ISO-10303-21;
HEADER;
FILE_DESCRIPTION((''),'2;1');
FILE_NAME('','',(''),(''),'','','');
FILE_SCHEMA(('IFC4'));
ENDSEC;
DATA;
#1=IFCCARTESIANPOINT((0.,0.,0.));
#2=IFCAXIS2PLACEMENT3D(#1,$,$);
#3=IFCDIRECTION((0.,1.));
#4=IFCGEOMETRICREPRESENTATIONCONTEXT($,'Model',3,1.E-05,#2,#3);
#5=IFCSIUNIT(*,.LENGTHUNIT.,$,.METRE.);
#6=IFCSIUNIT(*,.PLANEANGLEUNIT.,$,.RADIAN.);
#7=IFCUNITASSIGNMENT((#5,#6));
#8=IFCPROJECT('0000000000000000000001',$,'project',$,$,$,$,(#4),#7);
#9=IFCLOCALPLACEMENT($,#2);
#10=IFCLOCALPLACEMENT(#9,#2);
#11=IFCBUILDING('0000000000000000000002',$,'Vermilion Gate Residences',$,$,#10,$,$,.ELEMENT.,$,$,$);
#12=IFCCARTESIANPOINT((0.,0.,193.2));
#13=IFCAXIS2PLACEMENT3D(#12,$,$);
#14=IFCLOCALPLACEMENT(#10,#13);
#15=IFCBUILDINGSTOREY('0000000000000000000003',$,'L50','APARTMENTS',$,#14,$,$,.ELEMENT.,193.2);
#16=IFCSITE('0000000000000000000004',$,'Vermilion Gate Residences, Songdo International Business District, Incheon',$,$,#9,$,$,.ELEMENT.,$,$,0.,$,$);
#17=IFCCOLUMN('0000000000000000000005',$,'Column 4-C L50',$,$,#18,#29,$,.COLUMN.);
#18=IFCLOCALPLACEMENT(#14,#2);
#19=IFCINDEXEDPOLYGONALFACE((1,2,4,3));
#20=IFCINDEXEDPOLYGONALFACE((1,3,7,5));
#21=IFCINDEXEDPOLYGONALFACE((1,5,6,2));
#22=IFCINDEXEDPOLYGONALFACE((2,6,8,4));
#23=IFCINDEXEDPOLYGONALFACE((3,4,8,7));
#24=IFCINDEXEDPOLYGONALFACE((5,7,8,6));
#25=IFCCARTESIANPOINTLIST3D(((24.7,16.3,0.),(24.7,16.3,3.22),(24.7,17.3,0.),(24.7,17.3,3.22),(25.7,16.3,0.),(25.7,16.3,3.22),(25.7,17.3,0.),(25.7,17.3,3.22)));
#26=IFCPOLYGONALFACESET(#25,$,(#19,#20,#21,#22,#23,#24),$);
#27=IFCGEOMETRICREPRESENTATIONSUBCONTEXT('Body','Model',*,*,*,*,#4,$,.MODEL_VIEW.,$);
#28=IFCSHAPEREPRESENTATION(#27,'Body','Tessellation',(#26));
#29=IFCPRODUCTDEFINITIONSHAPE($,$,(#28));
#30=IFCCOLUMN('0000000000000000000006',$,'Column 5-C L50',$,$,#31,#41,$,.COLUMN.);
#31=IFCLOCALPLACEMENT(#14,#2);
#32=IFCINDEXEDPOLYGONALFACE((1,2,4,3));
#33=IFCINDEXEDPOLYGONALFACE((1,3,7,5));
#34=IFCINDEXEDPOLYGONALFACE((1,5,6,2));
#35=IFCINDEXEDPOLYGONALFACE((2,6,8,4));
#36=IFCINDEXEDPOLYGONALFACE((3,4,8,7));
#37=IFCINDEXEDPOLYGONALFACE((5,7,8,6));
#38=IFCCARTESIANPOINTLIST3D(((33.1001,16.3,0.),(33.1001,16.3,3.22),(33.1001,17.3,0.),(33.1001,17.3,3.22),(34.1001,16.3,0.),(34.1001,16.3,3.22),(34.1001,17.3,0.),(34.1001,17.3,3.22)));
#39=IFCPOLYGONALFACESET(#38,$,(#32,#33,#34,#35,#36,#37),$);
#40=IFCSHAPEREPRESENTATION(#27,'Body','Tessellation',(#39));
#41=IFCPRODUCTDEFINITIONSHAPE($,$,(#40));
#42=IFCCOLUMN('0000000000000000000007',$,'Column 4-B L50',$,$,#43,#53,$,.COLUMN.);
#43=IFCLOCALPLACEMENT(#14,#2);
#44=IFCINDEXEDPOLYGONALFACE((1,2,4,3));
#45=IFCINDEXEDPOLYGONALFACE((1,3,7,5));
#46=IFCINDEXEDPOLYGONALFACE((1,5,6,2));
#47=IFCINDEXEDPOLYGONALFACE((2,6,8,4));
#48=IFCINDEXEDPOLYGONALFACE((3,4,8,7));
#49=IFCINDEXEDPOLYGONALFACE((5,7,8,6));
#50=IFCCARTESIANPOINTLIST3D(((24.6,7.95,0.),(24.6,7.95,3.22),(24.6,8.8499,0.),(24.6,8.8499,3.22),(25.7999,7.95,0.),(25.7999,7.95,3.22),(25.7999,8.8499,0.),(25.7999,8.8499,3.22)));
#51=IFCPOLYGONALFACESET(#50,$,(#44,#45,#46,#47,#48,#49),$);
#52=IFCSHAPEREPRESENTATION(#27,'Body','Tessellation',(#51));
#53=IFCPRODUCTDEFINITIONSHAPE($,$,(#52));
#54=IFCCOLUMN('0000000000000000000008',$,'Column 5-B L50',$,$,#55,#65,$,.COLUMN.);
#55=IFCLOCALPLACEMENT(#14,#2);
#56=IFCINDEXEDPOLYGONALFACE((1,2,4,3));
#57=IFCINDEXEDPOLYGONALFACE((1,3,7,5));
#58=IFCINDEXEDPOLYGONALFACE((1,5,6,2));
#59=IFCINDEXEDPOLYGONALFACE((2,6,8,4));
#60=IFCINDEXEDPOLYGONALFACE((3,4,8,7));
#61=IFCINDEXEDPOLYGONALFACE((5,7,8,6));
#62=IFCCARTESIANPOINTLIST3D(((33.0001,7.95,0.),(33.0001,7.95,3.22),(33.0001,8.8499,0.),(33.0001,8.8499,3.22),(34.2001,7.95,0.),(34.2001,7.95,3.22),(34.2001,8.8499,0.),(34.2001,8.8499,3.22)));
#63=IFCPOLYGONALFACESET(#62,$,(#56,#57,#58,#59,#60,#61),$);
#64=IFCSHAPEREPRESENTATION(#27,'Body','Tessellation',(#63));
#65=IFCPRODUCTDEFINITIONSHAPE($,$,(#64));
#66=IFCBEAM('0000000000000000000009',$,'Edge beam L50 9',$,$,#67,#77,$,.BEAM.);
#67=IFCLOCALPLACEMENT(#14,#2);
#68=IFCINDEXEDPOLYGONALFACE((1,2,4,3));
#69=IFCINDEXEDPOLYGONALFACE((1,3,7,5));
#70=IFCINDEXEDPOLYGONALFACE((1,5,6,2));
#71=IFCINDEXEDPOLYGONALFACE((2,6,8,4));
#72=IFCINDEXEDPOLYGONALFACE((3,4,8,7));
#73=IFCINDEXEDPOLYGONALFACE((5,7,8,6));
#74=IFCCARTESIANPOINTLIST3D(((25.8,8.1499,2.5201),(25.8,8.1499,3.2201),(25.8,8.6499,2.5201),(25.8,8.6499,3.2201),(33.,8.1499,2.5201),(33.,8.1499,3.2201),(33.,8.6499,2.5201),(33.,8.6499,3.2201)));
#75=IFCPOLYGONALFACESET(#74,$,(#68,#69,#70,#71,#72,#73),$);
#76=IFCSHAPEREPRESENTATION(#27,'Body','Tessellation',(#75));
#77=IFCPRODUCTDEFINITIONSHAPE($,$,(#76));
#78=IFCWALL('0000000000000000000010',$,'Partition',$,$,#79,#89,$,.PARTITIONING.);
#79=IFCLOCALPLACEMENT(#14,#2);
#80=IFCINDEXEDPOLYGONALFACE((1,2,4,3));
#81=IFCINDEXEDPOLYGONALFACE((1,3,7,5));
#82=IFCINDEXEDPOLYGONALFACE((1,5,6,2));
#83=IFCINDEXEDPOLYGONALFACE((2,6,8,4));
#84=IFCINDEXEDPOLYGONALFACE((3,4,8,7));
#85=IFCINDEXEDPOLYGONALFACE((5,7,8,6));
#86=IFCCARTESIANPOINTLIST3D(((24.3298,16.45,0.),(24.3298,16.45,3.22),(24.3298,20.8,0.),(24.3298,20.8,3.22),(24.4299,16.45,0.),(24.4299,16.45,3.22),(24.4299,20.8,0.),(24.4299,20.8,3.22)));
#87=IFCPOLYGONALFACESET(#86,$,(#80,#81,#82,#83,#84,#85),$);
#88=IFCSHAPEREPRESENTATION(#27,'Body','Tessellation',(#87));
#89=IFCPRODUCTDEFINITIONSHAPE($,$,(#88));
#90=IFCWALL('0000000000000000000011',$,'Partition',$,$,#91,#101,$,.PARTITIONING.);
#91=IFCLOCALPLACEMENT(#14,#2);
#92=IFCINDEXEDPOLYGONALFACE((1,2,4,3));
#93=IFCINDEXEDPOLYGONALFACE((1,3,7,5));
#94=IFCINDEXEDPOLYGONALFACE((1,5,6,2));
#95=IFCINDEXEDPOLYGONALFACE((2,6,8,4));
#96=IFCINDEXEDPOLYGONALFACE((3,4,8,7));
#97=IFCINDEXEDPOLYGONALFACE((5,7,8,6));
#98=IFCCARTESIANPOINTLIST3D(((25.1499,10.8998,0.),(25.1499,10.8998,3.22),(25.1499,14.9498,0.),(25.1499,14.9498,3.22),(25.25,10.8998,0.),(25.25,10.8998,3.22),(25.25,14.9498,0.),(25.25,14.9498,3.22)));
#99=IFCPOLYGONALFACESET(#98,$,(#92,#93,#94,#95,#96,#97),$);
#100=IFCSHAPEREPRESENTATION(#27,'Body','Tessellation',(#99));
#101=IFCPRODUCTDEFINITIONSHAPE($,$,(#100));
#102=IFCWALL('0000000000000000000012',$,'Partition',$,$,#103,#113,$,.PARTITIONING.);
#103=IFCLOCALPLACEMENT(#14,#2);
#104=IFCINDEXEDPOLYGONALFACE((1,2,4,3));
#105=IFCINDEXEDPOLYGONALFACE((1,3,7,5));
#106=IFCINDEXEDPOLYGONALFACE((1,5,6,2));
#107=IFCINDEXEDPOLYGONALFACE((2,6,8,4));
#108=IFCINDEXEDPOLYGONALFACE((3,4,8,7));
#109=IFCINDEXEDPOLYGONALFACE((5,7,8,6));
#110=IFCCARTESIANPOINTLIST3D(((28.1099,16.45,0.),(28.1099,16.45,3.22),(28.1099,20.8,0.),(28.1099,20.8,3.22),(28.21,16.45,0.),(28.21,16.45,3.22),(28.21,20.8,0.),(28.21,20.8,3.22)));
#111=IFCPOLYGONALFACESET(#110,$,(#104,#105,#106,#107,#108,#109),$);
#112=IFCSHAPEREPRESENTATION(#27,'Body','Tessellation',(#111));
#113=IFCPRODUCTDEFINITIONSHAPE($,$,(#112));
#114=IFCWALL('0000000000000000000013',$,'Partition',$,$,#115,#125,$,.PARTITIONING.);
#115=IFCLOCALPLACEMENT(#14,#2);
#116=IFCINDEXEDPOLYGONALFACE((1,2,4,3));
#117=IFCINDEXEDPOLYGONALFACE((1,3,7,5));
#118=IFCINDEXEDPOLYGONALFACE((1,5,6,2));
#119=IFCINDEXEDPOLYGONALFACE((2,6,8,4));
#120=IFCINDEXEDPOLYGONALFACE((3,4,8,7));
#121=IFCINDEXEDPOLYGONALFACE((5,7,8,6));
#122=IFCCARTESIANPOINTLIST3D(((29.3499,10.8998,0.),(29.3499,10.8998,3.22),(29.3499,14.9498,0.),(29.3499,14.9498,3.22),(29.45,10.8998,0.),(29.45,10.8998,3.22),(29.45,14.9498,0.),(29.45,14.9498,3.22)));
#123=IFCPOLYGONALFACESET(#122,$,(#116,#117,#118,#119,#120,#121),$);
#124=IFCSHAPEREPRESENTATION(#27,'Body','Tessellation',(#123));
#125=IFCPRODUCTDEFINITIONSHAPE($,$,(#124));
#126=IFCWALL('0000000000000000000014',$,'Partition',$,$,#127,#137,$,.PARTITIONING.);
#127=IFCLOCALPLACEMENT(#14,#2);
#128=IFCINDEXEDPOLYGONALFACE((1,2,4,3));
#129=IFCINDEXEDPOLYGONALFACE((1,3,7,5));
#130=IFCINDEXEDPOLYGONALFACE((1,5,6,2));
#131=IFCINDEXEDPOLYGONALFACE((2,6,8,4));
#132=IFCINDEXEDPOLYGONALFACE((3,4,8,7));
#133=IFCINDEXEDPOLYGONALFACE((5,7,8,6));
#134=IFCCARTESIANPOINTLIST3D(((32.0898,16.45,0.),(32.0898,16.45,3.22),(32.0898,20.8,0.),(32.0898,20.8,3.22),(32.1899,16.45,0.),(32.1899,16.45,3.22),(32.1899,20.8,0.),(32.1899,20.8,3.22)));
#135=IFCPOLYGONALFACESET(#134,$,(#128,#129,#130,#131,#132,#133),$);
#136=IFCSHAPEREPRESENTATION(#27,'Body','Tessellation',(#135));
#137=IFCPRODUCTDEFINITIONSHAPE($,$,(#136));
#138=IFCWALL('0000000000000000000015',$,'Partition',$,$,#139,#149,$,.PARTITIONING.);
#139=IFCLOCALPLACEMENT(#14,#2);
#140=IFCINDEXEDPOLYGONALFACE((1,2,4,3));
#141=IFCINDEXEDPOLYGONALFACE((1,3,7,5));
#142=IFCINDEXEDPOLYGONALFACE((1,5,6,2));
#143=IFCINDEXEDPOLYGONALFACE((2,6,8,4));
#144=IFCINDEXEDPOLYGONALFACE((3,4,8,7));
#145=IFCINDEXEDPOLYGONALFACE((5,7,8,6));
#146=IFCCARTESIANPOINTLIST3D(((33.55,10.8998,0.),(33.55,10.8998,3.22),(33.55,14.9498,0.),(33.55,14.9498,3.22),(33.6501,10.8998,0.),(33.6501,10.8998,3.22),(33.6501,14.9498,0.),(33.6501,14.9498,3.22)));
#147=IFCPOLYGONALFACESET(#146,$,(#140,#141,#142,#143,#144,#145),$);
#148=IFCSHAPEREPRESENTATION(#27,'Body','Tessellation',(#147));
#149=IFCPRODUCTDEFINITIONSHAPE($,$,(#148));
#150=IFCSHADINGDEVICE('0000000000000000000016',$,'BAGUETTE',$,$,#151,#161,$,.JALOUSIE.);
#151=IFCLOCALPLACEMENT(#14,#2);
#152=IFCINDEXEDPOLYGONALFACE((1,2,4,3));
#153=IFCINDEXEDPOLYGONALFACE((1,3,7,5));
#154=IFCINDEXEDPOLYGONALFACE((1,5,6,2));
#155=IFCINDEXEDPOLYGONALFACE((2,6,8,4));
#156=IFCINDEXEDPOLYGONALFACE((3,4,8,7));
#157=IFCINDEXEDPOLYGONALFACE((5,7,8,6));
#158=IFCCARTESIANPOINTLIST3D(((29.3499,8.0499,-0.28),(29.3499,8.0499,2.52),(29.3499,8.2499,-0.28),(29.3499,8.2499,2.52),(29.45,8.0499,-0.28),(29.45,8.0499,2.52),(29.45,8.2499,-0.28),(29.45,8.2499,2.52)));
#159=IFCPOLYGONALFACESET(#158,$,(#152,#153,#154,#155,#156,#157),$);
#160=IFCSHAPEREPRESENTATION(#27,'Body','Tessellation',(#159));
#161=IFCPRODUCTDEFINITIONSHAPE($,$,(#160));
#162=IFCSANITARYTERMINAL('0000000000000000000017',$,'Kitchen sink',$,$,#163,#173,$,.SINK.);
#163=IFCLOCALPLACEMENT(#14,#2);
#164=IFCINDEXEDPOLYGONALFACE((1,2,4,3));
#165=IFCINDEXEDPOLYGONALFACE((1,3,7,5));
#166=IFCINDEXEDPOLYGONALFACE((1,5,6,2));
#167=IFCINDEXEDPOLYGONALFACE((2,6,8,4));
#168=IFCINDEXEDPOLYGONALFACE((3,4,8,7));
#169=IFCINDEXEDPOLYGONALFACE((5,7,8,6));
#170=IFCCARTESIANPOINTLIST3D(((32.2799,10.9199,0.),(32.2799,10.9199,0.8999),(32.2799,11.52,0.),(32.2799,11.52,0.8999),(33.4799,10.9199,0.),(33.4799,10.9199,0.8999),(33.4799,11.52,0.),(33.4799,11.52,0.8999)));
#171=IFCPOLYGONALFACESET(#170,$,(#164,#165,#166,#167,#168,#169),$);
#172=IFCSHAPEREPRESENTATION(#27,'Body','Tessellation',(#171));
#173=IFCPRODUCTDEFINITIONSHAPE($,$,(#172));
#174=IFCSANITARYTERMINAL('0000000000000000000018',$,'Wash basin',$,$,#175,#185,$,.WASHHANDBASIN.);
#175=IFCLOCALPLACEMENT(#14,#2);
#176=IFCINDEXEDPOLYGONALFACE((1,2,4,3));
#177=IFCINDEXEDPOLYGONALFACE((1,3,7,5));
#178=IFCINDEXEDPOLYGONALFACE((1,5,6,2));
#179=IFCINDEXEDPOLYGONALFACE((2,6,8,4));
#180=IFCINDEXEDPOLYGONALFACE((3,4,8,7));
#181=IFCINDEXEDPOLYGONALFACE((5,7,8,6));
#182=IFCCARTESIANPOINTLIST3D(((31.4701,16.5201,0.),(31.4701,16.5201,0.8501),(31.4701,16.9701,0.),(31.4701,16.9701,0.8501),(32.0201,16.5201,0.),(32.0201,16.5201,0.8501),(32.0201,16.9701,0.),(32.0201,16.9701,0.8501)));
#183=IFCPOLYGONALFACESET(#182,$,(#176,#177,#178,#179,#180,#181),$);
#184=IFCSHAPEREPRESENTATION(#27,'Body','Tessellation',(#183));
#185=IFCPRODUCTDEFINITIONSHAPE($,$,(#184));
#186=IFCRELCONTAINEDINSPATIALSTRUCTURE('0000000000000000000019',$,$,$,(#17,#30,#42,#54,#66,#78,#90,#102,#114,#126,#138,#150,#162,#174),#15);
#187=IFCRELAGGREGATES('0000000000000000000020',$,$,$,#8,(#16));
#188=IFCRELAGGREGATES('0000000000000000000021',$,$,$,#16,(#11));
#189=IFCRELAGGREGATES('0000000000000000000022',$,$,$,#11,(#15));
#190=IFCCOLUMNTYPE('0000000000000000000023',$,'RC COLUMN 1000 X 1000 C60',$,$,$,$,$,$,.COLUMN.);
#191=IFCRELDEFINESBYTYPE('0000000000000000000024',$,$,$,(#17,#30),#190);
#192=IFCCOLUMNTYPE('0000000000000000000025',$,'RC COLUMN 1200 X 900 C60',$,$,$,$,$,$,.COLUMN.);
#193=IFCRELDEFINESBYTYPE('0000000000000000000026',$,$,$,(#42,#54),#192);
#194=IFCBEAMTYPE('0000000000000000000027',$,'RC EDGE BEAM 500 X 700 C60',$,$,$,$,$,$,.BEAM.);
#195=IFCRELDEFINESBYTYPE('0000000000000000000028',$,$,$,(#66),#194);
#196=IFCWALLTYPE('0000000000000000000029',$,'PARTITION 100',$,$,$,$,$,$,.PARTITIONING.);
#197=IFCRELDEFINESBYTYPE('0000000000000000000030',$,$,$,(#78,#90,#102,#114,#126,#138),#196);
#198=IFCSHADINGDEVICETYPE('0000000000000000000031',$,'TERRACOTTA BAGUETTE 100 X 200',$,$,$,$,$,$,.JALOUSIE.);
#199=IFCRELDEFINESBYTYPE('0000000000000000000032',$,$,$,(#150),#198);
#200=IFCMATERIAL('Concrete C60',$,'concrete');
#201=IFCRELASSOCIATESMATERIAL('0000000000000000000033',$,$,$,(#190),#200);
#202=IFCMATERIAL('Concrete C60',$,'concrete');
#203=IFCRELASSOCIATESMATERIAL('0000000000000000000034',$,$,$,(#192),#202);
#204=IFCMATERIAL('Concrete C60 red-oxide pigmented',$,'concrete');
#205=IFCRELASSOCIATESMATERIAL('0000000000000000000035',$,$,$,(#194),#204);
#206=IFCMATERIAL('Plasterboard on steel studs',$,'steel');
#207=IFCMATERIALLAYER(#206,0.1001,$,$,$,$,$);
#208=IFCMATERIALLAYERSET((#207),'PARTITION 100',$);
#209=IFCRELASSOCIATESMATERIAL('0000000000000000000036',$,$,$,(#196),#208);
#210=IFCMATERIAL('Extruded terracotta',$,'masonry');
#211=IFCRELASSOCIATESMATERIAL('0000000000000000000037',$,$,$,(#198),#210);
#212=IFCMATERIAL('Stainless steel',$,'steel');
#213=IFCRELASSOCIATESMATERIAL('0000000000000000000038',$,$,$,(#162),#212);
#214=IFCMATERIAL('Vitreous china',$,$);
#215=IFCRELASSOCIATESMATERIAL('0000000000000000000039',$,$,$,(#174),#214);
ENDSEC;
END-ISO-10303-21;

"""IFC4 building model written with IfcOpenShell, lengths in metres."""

from ifc_helpers import new_model, si_unit, direction, frame, frame_2d, origin, origin_2d, place, context, subcontext, project, spatial, rectangle, extrude, material, layer, layer_set, material_profile, profile_set, type_object, element, save


model = new_model("IFC4")

# Units and contexts
model_context = context("Model", 3, precision=1e-05, world=origin(), true_north=direction((0.0, 1.0)))
body_context = subcontext(model_context, "Body", "Model", "MODEL_VIEW")
ifc_project = project(units=[si_unit("LENGTHUNIT", "METRE"), si_unit("PLANEANGLEUNIT", "RADIAN")], contexts=[model_context])

# Site, building, storey
site_placement = place(None, origin())
site = spatial("IfcSite", under=ifc_project, at=site_placement, Name="Vermilion Gate Residences, Songdo International Business District, Incheon", CompositionType="ELEMENT", RefElevation=0.0)
building_placement = place(site_placement, origin())
building = spatial("IfcBuilding", under=site, at=building_placement, Name="Vermilion Gate Residences", CompositionType="ELEMENT")
storey_placement = place(building_placement, frame((0.0, 0.0, 193.2)))
storey = spatial("IfcBuildingStorey", under=building, at=storey_placement, Name="L50", Description="APARTMENTS", CompositionType="ELEMENT", Elevation=193.2)

# Columns
ifc_material_1 = material(Name="Concrete C60", Category="concrete")
ifc_material_profile_1 = material_profile(ifc_material_1, rectangle(XDim=1.0, YDim=1.0, at=origin_2d()), Name="RC-1000x1000")
ifc_profile_set_1 = profile_set([ifc_material_profile_1], Name="Concrete C60")
column_type_1 = type_object("IfcColumnType", Name="RC COLUMN 1000 X 1000 C60", PredefinedType="COLUMN", material=ifc_profile_set_1)
for number, where, z_axis, x_axis, name in (
    (1, (25.2, 16.8, 0.0), (0.0, 0.0, 1.0), (1.0, 0.0, 0.0), "Column 4-C L50"),
    (2, (33.6001, 16.8, 0.0), (0.0, 0.0, 1.0), (1.0, 0.0, 0.0), "Column 5-C L50"),
):
    element("IfcColumn", number, at=place(storey_placement, frame(where, z_axis=z_axis, x_axis=x_axis)), inside=storey, type_object=column_type_1, Name=name, PredefinedType="COLUMN", context=body_context, shape_type="SweptSolid", body=[
        extrude(rectangle(XDim=1.0, YDim=1.0, at=origin_2d()), origin(), (0.0, 0.0, 1.0), 3.22),
    ])
ifc_material_2 = material(Name="Concrete C60", Category="concrete")
ifc_material_profile_2 = material_profile(ifc_material_2, rectangle(XDim=1.2, YDim=0.8999, at=origin_2d()), Name="RC-1200x900")
ifc_profile_set_2 = profile_set([ifc_material_profile_2], Name="Concrete C60")
column_type_2 = type_object("IfcColumnType", Name="RC COLUMN 1200 X 900 C60", PredefinedType="COLUMN", material=ifc_profile_set_2)
for number, where, z_axis, x_axis, name in (
    (3, (25.2, 8.3999, 0.0), (0.0, 0.0, 1.0), (1.0, 0.0, 0.0), "Column 4-B L50"),
    (4, (33.6001, 8.3999, 0.0), (0.0, 0.0, 1.0), (1.0, 0.0, 0.0), "Column 5-B L50"),
):
    element("IfcColumn", number, at=place(storey_placement, frame(where, z_axis=z_axis, x_axis=x_axis)), inside=storey, type_object=column_type_2, Name=name, PredefinedType="COLUMN", context=body_context, shape_type="SweptSolid", body=[
        extrude(rectangle(XDim=1.2, YDim=0.8999, at=origin_2d()), origin(), (0.0, 0.0, 1.0), 3.22),
    ])

# Beam
ifc_material_3 = material(Name="Concrete C60 red-oxide pigmented", Category="concrete")
ifc_material_profile_3 = material_profile(ifc_material_3, rectangle(XDim=0.5, YDim=0.7, at=origin_2d()), Name="RC-500x700")
ifc_profile_set_3 = profile_set([ifc_material_profile_3], Name="Concrete C60 red-oxide pigmented")
beam_type = type_object("IfcBeamType", Name="RC EDGE BEAM 500 X 700 C60", PredefinedType="BEAM", material=ifc_profile_set_3)
beam_placement = place(storey_placement, frame((25.8, 8.3999, 2.8701), z_axis=(1.0, 0.0, 0.0), x_axis=(0.0, 1.0, 0.0)))
element("IfcBeam", 5, at=beam_placement, inside=storey, type_object=beam_type, Name="Edge beam L50 9", PredefinedType="BEAM", context=body_context, shape_type="SweptSolid", body=[
    extrude(rectangle(XDim=0.5, YDim=0.7, at=origin_2d()), origin(), (0.0, 0.0, 1.0), 7.2),
])

# Walls
ifc_material_4 = material(Name="Plasterboard on steel studs", Category="steel")
ifc_layer = layer(ifc_material_4, 0.1001)
ifc_layer_set = layer_set([ifc_layer], Name="PARTITION 100")
wall_type = type_object("IfcWallType", Name="PARTITION 100", PredefinedType="PARTITIONING", material=ifc_layer_set)
wall_1_placement = place(storey_placement, frame((24.3799, 16.45, 0.0), z_axis=(0.0, 0.0, 1.0), x_axis=(0.0, 1.0, 0.0)))
element("IfcWall", 6, at=wall_1_placement, inside=storey, type_object=wall_type, Name="Partition", PredefinedType="PARTITIONING", context=body_context, shape_type="SweptSolid", body=[
    extrude(rectangle(XDim=4.3501, YDim=0.1001, at=frame_2d((2.175, 0.0))), origin(), (0.0, 0.0, 1.0), 3.22),
])
wall_2_placement = place(storey_placement, frame((25.2, 10.8999, 0.0), z_axis=(0.0, 0.0, 1.0), x_axis=(0.0, 1.0, 0.0)))
element("IfcWall", 7, at=wall_2_placement, inside=storey, type_object=wall_type, Name="Partition", PredefinedType="PARTITIONING", context=body_context, shape_type="SweptSolid", body=[
    extrude(rectangle(XDim=4.05, YDim=0.1001, at=frame_2d((2.0249, 0.0))), origin(), (0.0, 0.0, 1.0), 3.22),
])
wall_3_placement = place(storey_placement, frame((28.1599, 16.45, 0.0), z_axis=(0.0, 0.0, 1.0), x_axis=(0.0, 1.0, 0.0)))
element("IfcWall", 8, at=wall_3_placement, inside=storey, type_object=wall_type, Name="Partition", PredefinedType="PARTITIONING", context=body_context, shape_type="SweptSolid", body=[
    extrude(rectangle(XDim=4.3501, YDim=0.1001, at=frame_2d((2.175, 0.0))), origin(), (0.0, 0.0, 1.0), 3.22),
])
wall_4_placement = place(storey_placement, frame((29.3999, 10.8999, 0.0), z_axis=(0.0, 0.0, 1.0), x_axis=(0.0, 1.0, 0.0)))
element("IfcWall", 9, at=wall_4_placement, inside=storey, type_object=wall_type, Name="Partition", PredefinedType="PARTITIONING", context=body_context, shape_type="SweptSolid", body=[
    extrude(rectangle(XDim=4.05, YDim=0.1001, at=frame_2d((2.0249, 0.0))), origin(), (0.0, 0.0, 1.0), 3.22),
])
wall_5_placement = place(storey_placement, frame((32.1399, 16.45, 0.0), z_axis=(0.0, 0.0, 1.0), x_axis=(0.0, 1.0, 0.0)))
element("IfcWall", 10, at=wall_5_placement, inside=storey, type_object=wall_type, Name="Partition", PredefinedType="PARTITIONING", context=body_context, shape_type="SweptSolid", body=[
    extrude(rectangle(XDim=4.3501, YDim=0.1001, at=frame_2d((2.175, 0.0))), origin(), (0.0, 0.0, 1.0), 3.22),
])
wall_6_placement = place(storey_placement, frame((33.6001, 10.8999, 0.0), z_axis=(0.0, 0.0, 1.0), x_axis=(0.0, 1.0, 0.0)))
element("IfcWall", 11, at=wall_6_placement, inside=storey, type_object=wall_type, Name="Partition", PredefinedType="PARTITIONING", context=body_context, shape_type="SweptSolid", body=[
    extrude(rectangle(XDim=4.05, YDim=0.1001, at=frame_2d((2.0249, 0.0))), origin(), (0.0, 0.0, 1.0), 3.22),
])

# Shading device
ifc_material_5 = material(Name="Extruded terracotta", Category="masonry")
ifc_material_profile_4 = material_profile(ifc_material_5, rectangle(XDim=0.2, YDim=0.1001, at=origin_2d()), Name="BAGUETTE 100 X 200")
ifc_profile_set_4 = profile_set([ifc_material_profile_4], Name="Extruded terracotta")
shading_device_type = type_object("IfcShadingDeviceType", Name="TERRACOTTA BAGUETTE 100 X 200", PredefinedType="JALOUSIE", material=ifc_profile_set_4)
shading_device_placement = place(storey_placement, frame((29.3999, 8.1499, -0.28), z_axis=(0.0, 0.0, 1.0), x_axis=(0.0, 1.0, 0.0)))
element("IfcShadingDevice", 12, at=shading_device_placement, inside=storey, type_object=shading_device_type, Name="BAGUETTE", PredefinedType="JALOUSIE", context=body_context, shape_type="SweptSolid", body=[
    extrude(rectangle(XDim=0.2, YDim=0.1001, at=origin_2d()), origin(), (0.0, 0.0, 1.0), 2.8),
])

# Sanitary terminals
ifc_material_6 = material(Name="Stainless steel", Category="steel")
sanitary_terminal_placement = place(storey_placement, frame((32.8799, 11.22, 0.0), z_axis=(0.0, 0.0, 1.0), x_axis=(1.0, 0.0, 0.0)))
element("IfcSanitaryTerminal", 13, at=sanitary_terminal_placement, inside=storey, material=ifc_material_6, Name="Kitchen sink", PredefinedType="SINK", context=body_context, shape_type="SweptSolid", body=[
    extrude(rectangle(XDim=1.2, YDim=0.6001, at=origin_2d()), origin(), (0.0, 0.0, 1.0), 0.8999),
])
ifc_material_7 = material(Name="Vitreous china")
for number, where, z_axis, x_axis, name in (
    (14, (31.7451, 16.7451, 0.0), (0.0, 0.0, 1.0), (1.0, 0.0, 0.0), "Wash basin"),
):
    element("IfcSanitaryTerminal", number, at=place(storey_placement, frame(where, z_axis=z_axis, x_axis=x_axis)), inside=storey, material=ifc_material_7, Name=name, PredefinedType="WASHHANDBASIN", context=body_context, shape_type="SweptSolid", body=[
        extrude(rectangle(XDim=0.55, YDim=0.45, at=origin_2d()), origin(), (0.0, 0.0, 1.0), 0.8501),
    ])

save(model, "model.ifc")
